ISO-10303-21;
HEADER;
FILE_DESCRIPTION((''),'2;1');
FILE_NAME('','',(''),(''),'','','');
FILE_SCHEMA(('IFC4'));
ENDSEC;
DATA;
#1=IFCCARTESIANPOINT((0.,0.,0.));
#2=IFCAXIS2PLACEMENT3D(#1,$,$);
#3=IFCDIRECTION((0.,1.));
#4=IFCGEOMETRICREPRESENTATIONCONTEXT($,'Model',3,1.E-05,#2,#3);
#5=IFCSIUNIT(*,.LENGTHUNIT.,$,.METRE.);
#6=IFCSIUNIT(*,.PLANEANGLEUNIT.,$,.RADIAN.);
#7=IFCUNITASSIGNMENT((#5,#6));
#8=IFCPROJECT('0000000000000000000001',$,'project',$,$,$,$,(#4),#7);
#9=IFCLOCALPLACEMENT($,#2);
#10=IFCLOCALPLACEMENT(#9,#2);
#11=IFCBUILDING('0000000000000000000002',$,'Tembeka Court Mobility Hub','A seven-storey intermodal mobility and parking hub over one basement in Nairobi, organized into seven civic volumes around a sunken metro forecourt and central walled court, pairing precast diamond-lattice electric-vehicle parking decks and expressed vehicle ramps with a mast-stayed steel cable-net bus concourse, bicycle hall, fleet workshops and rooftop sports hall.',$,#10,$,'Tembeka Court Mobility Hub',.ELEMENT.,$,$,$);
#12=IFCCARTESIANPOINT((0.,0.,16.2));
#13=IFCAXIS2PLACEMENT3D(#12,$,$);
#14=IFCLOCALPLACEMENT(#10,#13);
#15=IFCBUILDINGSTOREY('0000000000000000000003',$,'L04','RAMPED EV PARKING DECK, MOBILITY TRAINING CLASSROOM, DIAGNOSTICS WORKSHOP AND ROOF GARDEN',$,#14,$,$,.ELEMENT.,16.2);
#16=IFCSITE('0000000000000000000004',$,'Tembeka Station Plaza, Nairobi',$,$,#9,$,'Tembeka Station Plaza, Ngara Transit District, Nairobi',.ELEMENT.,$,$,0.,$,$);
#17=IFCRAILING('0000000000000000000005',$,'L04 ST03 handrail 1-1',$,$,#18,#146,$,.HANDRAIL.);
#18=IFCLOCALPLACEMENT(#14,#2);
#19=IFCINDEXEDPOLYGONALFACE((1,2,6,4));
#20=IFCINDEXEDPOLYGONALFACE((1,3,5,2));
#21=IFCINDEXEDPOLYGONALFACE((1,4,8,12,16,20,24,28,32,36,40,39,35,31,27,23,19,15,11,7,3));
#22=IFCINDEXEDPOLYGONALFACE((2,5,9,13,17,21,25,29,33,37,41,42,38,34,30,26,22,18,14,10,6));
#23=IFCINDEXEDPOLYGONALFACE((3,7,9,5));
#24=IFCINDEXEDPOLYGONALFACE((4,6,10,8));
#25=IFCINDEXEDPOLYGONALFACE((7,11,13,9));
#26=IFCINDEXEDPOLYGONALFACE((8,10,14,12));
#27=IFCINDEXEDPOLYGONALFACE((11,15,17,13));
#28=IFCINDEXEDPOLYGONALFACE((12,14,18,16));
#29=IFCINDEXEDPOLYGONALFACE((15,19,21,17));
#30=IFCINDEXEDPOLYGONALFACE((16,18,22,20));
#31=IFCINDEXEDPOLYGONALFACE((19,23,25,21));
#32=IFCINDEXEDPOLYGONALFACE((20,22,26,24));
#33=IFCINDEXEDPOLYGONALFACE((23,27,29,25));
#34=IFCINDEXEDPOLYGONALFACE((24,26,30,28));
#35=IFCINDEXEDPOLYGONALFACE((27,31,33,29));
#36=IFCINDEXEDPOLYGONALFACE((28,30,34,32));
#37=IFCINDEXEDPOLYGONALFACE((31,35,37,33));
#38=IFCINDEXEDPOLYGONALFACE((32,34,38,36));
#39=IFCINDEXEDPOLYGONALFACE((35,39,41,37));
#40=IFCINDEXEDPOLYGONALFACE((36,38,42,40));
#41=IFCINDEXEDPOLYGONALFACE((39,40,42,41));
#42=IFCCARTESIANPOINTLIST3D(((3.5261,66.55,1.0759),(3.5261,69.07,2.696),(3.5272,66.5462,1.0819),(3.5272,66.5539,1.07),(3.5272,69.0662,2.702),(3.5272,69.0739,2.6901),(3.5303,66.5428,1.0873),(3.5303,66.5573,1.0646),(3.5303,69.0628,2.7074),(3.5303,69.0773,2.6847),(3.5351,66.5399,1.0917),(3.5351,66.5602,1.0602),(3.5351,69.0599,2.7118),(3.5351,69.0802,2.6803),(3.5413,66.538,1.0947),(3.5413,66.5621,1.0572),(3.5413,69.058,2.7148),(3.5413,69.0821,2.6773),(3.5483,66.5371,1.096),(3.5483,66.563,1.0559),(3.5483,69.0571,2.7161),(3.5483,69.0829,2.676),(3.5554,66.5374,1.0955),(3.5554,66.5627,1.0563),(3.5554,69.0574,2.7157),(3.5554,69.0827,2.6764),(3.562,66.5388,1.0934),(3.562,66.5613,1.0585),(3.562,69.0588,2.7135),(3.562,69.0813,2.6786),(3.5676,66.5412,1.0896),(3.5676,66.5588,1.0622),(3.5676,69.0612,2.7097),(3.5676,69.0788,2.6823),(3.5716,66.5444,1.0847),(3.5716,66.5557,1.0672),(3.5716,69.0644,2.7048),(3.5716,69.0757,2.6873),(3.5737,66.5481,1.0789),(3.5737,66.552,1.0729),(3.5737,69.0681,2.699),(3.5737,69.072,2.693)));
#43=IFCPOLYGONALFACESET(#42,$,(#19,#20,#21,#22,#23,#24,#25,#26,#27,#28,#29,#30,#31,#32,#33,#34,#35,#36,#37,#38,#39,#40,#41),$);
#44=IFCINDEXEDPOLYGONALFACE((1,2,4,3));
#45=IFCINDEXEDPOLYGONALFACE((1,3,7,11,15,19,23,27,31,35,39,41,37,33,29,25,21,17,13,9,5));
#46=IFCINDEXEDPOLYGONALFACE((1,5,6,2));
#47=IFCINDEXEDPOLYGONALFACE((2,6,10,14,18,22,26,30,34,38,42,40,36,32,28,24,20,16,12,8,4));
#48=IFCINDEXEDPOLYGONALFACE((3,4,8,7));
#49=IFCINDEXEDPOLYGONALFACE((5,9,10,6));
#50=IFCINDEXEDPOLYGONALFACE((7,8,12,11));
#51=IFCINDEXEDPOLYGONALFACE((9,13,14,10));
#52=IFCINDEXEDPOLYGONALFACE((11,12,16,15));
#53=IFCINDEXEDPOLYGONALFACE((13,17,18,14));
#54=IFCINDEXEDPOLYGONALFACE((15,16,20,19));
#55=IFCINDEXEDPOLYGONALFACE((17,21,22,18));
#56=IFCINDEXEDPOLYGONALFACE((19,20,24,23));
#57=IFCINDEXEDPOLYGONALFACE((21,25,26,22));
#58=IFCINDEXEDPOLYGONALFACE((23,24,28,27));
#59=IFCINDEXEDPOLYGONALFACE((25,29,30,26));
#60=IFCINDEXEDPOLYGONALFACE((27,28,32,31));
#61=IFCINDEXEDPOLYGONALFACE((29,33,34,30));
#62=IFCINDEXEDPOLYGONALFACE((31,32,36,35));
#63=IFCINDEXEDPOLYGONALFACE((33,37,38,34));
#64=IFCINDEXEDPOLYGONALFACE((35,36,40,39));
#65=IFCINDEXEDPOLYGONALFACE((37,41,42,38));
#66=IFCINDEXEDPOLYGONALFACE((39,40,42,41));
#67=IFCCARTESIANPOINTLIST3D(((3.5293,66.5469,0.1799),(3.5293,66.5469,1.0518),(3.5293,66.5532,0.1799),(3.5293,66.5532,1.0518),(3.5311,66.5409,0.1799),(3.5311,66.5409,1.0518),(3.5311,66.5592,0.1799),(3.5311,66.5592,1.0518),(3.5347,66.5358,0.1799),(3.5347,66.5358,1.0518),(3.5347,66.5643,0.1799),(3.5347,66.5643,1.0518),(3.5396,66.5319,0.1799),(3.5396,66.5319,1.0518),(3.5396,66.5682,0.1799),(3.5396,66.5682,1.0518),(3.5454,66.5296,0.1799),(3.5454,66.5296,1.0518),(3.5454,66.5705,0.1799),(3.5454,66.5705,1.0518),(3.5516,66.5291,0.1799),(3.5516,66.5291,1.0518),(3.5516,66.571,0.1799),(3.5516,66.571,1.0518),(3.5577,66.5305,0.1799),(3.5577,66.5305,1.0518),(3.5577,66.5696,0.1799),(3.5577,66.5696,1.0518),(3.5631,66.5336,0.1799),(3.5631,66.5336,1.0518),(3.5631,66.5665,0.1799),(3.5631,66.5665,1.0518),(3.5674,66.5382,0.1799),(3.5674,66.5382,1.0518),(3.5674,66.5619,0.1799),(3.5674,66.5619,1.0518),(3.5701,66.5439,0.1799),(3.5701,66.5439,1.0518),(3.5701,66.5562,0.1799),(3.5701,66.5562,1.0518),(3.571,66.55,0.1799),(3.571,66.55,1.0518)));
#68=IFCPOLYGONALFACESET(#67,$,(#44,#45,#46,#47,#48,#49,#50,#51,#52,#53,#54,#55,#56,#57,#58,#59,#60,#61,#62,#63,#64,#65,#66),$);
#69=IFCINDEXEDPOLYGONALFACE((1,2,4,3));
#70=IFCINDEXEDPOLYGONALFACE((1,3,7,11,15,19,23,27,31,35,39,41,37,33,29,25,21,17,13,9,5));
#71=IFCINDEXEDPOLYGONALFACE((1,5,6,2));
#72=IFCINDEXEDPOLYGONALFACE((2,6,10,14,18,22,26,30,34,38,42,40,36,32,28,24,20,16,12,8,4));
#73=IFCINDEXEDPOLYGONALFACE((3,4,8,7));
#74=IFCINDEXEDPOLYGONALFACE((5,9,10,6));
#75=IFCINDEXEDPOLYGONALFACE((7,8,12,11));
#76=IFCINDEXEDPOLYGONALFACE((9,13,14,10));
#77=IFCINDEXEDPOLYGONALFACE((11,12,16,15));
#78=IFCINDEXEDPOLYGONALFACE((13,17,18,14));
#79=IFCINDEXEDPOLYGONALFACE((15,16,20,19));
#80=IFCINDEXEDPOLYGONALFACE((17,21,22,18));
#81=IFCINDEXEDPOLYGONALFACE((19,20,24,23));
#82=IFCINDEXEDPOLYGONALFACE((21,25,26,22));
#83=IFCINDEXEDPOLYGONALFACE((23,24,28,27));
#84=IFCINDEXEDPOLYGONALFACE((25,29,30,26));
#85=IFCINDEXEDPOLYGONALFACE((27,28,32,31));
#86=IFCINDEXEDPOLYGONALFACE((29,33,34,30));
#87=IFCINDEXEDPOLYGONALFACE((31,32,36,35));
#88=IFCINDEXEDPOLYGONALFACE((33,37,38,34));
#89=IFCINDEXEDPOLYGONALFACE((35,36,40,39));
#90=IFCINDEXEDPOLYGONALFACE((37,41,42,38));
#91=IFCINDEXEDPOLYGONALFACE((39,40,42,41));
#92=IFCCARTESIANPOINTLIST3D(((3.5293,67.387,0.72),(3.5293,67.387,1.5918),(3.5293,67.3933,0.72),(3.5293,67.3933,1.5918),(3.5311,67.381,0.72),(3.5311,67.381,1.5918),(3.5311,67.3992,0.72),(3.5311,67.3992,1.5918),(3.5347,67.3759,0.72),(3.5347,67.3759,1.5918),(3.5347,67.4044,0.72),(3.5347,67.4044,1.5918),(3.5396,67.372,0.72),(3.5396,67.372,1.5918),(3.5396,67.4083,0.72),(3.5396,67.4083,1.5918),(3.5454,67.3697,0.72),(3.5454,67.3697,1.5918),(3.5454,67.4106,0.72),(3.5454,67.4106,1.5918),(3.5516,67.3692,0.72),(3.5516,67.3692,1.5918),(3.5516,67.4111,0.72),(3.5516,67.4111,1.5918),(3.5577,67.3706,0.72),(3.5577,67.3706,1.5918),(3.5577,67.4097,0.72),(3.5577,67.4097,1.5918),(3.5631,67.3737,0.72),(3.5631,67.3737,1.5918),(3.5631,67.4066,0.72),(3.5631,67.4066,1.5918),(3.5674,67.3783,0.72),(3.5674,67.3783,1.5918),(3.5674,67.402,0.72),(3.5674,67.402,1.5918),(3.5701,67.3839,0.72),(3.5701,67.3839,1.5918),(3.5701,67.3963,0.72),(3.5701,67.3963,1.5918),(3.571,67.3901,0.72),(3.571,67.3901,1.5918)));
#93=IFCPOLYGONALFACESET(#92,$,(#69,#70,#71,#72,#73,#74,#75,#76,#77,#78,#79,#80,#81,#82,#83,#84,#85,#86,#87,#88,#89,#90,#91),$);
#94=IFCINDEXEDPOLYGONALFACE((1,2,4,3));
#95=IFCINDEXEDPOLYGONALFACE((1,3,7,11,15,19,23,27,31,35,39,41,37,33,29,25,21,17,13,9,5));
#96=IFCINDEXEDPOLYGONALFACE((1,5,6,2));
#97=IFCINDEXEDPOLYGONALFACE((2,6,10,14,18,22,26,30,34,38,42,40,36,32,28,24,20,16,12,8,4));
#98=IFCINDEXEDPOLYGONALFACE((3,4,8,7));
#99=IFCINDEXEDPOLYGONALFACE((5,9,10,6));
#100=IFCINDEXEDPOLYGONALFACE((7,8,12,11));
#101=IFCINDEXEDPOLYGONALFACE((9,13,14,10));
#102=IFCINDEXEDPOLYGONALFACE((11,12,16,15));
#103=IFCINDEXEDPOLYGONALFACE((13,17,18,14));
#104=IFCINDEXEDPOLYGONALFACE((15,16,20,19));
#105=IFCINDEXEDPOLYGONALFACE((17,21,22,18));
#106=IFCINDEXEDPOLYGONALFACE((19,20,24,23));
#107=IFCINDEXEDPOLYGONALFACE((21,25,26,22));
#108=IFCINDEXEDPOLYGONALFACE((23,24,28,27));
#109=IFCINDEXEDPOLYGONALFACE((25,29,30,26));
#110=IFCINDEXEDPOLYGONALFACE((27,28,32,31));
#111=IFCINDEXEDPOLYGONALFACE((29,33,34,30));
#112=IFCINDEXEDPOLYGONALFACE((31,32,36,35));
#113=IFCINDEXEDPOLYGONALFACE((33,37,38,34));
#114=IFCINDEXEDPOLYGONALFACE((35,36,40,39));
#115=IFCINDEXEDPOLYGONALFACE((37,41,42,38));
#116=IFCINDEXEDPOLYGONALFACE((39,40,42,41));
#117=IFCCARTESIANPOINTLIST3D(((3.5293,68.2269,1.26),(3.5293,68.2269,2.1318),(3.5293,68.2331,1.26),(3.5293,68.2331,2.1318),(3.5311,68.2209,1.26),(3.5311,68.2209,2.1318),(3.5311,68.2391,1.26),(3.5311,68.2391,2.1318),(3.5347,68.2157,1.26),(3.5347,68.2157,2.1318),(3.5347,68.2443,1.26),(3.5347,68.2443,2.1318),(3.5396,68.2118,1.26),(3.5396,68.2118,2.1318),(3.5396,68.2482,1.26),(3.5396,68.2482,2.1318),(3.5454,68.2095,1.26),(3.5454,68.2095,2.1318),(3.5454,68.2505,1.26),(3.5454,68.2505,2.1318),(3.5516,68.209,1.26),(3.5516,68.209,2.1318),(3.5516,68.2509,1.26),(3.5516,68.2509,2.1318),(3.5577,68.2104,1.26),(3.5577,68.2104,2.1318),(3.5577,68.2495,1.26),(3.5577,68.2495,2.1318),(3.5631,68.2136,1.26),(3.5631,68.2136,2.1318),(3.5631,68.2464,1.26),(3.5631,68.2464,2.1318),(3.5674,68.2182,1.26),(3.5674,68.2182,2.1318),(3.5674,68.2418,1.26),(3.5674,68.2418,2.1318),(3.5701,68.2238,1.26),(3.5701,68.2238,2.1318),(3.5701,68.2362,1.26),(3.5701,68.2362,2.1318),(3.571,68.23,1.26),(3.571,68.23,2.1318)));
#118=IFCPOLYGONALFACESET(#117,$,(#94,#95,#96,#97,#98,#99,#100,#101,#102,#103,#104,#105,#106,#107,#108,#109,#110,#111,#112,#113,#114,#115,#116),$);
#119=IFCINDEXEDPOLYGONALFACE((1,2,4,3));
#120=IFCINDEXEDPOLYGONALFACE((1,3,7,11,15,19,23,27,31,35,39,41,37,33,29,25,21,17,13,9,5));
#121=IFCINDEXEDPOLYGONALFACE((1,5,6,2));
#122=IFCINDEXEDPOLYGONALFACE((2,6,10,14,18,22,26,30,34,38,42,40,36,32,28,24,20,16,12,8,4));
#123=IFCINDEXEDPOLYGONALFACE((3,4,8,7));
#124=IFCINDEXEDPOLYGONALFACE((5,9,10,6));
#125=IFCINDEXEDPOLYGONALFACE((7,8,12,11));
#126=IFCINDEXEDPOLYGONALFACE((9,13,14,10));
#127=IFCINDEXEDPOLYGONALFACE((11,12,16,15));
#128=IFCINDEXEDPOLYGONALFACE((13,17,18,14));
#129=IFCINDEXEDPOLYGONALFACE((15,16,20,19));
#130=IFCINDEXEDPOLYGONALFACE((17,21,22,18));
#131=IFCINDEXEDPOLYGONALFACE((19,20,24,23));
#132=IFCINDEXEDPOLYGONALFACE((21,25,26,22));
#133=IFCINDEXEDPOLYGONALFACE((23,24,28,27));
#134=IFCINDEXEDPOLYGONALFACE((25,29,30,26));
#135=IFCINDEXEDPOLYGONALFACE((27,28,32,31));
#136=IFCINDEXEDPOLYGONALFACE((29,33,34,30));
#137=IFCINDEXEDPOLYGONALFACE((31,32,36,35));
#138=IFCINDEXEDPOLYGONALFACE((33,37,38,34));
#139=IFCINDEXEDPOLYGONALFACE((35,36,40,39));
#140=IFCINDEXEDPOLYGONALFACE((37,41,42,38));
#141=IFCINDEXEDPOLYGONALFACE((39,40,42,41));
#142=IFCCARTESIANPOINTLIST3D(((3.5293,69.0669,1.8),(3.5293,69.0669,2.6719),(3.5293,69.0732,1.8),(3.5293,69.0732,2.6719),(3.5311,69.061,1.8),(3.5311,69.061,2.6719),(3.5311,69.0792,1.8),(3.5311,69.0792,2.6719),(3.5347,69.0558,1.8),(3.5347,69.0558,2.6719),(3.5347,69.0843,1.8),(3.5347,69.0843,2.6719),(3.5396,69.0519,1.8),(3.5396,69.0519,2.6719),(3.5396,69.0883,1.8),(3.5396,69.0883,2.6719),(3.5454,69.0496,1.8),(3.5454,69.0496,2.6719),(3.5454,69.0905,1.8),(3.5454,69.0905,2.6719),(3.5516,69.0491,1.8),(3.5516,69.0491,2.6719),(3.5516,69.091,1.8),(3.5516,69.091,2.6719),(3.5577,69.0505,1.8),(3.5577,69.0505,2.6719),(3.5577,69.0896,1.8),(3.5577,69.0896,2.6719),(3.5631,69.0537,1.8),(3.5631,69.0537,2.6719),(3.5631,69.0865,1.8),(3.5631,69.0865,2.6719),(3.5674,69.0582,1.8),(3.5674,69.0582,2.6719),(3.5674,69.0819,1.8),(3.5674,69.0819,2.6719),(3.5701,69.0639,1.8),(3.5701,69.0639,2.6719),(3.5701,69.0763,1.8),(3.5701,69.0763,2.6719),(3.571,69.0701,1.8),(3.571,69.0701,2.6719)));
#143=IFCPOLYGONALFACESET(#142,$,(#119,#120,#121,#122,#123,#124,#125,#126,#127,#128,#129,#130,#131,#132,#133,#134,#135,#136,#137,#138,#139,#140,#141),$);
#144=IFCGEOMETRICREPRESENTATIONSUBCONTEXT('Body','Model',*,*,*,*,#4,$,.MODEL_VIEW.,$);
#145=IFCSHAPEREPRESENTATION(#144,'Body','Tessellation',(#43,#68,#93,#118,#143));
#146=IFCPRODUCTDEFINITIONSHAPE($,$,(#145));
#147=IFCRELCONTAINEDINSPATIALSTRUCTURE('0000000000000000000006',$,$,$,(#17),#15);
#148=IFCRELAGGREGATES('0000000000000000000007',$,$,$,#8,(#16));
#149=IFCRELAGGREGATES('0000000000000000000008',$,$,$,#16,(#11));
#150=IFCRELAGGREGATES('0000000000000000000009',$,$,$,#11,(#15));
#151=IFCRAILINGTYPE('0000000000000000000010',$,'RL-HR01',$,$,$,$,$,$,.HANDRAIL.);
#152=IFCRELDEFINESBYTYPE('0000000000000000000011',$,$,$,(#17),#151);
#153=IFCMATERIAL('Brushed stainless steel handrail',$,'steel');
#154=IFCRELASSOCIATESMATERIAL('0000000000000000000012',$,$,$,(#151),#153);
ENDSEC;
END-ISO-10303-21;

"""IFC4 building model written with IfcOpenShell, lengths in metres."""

from ifc_helpers import new_model, si_unit, direction, frame, origin, origin_2d, place, context, subcontext, project, spatial, circle, extrude, material, type_object, element, save


model = new_model("IFC4")

# Units and contexts
model_context = context("Model", 3, precision=1e-05, world=origin(), true_north=direction((0.0, 1.0)))
body_context = subcontext(model_context, "Body", "Model", "MODEL_VIEW")
ifc_project = project(units=[si_unit("LENGTHUNIT", "METRE"), si_unit("PLANEANGLEUNIT", "RADIAN")], contexts=[model_context])

# Site, building, storey
site_placement = place(None, origin())
site = spatial("IfcSite", under=ifc_project, at=site_placement, Name="Tembeka Station Plaza, Nairobi", LongName="Tembeka Station Plaza, Ngara Transit District, Nairobi", CompositionType="ELEMENT", RefElevation=0.0)
building_placement = place(site_placement, origin())
building = spatial("IfcBuilding", under=site, at=building_placement, Name="Tembeka Court Mobility Hub", Description="A seven-storey intermodal mobility and parking hub over one basement in Nairobi, organized into seven civic volumes around a sunken metro forecourt and central walled court, pairing precast diamond-lattice electric-vehicle parking decks and expressed vehicle ramps with a mast-stayed steel cable-net bus concourse, bicycle hall, fleet workshops and rooftop sports hall.", LongName="Tembeka Court Mobility Hub", CompositionType="ELEMENT")
storey_placement = place(building_placement, frame((0.0, 0.0, 16.2)))
storey = spatial("IfcBuildingStorey", under=building, at=storey_placement, Name="L04", Description="RAMPED EV PARKING DECK, MOBILITY TRAINING CLASSROOM, DIAGNOSTICS WORKSHOP AND ROOF GARDEN", CompositionType="ELEMENT", Elevation=16.2)

# Railing
ifc_material_1 = material(Name="Brushed stainless steel handrail", Category="steel")
railing_type_1 = type_object("IfcRailingType", Name="RL-HR01", PredefinedType="HANDRAIL", material=ifc_material_1)
railing_1_placement = place(storey_placement, frame((3.55, 66.55, 0.1799)))
element("IfcRailing", 1, at=railing_1_placement, inside=storey, type_object=railing_type_1, Name="L04 ST03 handrail 1-1", PredefinedType="HANDRAIL", context=body_context, shape_type="SweptSolid", body=[
    extrude(circle(Radius=0.0239, at=origin_2d()), frame((0.0, 0.0, 0.896), z_axis=(0.0, 0.841163, 0.540782), x_axis=(-1.0, 0.0, 0.0)), (0.0, 0.0, 1.0), 2.9958),
    extrude(circle(Radius=0.021, at=origin_2d()), origin(), (0.0, 0.0, 1.0), 0.8718),
    extrude(circle(Radius=0.021, at=origin_2d()), frame((0.0, 0.8401, 0.54)), (0.0, 0.0, 1.0), 0.8718),
    extrude(circle(Radius=0.021, at=origin_2d()), frame((0.0, 1.6799, 1.0801)), (0.0, 0.0, 1.0), 0.8718),
    extrude(circle(Radius=0.021, at=origin_2d()), frame((0.0, 2.52, 1.6201)), (0.0, 0.0, 1.0), 0.8718),
])

save(model, "model.ifc")
